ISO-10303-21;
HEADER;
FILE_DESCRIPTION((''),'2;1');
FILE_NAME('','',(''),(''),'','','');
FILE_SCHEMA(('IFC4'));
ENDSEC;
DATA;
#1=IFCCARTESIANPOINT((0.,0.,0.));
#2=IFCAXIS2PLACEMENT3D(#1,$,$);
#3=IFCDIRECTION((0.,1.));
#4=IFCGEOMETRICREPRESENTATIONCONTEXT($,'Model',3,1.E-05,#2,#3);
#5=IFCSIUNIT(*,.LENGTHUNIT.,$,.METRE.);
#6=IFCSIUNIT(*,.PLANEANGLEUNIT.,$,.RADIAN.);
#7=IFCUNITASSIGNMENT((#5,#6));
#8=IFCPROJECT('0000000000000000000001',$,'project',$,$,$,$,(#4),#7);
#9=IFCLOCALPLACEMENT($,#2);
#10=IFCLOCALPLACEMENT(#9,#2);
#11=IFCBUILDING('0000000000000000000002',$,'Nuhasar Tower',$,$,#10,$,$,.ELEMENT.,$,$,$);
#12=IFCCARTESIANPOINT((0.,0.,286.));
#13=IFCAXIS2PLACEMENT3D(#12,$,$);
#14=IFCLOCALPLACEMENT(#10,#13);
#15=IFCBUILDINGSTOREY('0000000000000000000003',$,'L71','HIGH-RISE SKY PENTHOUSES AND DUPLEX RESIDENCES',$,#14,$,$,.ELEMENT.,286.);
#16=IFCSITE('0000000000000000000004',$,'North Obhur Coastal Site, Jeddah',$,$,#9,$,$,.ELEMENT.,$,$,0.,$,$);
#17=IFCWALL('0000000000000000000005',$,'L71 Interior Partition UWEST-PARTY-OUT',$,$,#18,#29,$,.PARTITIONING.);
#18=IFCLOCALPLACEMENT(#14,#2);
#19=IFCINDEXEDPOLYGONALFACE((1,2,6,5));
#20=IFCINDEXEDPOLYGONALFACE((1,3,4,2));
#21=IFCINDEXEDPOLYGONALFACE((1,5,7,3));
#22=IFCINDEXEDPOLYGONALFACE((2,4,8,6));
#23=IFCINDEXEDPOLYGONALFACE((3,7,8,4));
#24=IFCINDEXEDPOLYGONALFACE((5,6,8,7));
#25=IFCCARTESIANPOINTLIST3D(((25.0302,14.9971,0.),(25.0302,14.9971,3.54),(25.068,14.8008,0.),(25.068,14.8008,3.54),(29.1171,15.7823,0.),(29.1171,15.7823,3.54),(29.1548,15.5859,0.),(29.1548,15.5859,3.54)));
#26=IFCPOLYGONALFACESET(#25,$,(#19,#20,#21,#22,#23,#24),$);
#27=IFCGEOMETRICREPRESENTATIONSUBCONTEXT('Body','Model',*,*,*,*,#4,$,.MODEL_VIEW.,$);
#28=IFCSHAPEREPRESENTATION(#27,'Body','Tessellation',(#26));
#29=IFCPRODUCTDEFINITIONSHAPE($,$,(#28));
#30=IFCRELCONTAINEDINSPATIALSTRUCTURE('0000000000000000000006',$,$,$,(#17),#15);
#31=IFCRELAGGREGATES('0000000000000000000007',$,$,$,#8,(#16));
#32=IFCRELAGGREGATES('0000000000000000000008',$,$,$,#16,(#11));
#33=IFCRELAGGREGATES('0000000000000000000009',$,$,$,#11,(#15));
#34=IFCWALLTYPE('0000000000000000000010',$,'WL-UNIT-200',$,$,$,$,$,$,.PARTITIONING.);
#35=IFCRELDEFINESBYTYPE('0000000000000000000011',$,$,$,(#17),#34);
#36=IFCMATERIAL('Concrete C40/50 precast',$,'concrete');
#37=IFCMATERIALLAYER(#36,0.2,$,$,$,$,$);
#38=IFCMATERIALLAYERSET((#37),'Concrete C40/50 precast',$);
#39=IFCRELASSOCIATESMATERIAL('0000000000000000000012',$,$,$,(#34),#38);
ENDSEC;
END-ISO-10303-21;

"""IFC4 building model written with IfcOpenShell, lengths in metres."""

from ifc_helpers import new_model, si_unit, direction, frame, frame_2d, origin, place, context, subcontext, project, spatial, rectangle, extrude, material, layer, layer_set, type_object, element, save


model = new_model("IFC4")

# Units and contexts
model_context = context("Model", 3, precision=1e-05, world=origin(), true_north=direction((0.0, 1.0)))
body_context = subcontext(model_context, "Body", "Model", "MODEL_VIEW")
ifc_project = project(units=[si_unit("LENGTHUNIT", "METRE"), si_unit("PLANEANGLEUNIT", "RADIAN")], contexts=[model_context])

# Site, building, storey
site_placement = place(None, origin())
site = spatial("IfcSite", under=ifc_project, at=site_placement, Name="North Obhur Coastal Site, Jeddah", CompositionType="ELEMENT", RefElevation=0.0)
building_placement = place(site_placement, origin())
building = spatial("IfcBuilding", under=site, at=building_placement, Name="Nuhasar Tower", CompositionType="ELEMENT")
storey_placement = place(building_placement, frame((0.0, 0.0, 286.0)))
storey = spatial("IfcBuildingStorey", under=building, at=storey_placement, Name="L71", Description="HIGH-RISE SKY PENTHOUSES AND DUPLEX RESIDENCES", CompositionType="ELEMENT", Elevation=286.0)

# Wall
ifc_material_1 = material(Name="Concrete C40/50 precast", Category="concrete")
ifc_layer_1 = layer(ifc_material_1, 0.2)
ifc_layer_set_1 = layer_set([ifc_layer_1], Name="Concrete C40/50 precast")
wall_type_1 = type_object("IfcWallType", Name="WL-UNIT-200", PredefinedType="PARTITIONING", material=ifc_layer_set_1)
wall_1_placement = place(storey_placement, frame((29.136, 15.6841, 0.0), z_axis=(0.0, 0.0, 1.0), x_axis=(-0.982042, -0.188665, 0.0)))
element("IfcWall", 1, at=wall_1_placement, inside=storey, type_object=wall_type_1, Name="L71 Interior Partition UWEST-PARTY-OUT", PredefinedType="PARTITIONING", context=body_context, shape_type="SweptSolid", body=[
    extrude(rectangle(XDim=4.1616, YDim=0.2, at=frame_2d((2.0808, 0.0))), origin(), (0.0, 0.0, 1.0), 3.54),
])

save(model, "model.ifc")
